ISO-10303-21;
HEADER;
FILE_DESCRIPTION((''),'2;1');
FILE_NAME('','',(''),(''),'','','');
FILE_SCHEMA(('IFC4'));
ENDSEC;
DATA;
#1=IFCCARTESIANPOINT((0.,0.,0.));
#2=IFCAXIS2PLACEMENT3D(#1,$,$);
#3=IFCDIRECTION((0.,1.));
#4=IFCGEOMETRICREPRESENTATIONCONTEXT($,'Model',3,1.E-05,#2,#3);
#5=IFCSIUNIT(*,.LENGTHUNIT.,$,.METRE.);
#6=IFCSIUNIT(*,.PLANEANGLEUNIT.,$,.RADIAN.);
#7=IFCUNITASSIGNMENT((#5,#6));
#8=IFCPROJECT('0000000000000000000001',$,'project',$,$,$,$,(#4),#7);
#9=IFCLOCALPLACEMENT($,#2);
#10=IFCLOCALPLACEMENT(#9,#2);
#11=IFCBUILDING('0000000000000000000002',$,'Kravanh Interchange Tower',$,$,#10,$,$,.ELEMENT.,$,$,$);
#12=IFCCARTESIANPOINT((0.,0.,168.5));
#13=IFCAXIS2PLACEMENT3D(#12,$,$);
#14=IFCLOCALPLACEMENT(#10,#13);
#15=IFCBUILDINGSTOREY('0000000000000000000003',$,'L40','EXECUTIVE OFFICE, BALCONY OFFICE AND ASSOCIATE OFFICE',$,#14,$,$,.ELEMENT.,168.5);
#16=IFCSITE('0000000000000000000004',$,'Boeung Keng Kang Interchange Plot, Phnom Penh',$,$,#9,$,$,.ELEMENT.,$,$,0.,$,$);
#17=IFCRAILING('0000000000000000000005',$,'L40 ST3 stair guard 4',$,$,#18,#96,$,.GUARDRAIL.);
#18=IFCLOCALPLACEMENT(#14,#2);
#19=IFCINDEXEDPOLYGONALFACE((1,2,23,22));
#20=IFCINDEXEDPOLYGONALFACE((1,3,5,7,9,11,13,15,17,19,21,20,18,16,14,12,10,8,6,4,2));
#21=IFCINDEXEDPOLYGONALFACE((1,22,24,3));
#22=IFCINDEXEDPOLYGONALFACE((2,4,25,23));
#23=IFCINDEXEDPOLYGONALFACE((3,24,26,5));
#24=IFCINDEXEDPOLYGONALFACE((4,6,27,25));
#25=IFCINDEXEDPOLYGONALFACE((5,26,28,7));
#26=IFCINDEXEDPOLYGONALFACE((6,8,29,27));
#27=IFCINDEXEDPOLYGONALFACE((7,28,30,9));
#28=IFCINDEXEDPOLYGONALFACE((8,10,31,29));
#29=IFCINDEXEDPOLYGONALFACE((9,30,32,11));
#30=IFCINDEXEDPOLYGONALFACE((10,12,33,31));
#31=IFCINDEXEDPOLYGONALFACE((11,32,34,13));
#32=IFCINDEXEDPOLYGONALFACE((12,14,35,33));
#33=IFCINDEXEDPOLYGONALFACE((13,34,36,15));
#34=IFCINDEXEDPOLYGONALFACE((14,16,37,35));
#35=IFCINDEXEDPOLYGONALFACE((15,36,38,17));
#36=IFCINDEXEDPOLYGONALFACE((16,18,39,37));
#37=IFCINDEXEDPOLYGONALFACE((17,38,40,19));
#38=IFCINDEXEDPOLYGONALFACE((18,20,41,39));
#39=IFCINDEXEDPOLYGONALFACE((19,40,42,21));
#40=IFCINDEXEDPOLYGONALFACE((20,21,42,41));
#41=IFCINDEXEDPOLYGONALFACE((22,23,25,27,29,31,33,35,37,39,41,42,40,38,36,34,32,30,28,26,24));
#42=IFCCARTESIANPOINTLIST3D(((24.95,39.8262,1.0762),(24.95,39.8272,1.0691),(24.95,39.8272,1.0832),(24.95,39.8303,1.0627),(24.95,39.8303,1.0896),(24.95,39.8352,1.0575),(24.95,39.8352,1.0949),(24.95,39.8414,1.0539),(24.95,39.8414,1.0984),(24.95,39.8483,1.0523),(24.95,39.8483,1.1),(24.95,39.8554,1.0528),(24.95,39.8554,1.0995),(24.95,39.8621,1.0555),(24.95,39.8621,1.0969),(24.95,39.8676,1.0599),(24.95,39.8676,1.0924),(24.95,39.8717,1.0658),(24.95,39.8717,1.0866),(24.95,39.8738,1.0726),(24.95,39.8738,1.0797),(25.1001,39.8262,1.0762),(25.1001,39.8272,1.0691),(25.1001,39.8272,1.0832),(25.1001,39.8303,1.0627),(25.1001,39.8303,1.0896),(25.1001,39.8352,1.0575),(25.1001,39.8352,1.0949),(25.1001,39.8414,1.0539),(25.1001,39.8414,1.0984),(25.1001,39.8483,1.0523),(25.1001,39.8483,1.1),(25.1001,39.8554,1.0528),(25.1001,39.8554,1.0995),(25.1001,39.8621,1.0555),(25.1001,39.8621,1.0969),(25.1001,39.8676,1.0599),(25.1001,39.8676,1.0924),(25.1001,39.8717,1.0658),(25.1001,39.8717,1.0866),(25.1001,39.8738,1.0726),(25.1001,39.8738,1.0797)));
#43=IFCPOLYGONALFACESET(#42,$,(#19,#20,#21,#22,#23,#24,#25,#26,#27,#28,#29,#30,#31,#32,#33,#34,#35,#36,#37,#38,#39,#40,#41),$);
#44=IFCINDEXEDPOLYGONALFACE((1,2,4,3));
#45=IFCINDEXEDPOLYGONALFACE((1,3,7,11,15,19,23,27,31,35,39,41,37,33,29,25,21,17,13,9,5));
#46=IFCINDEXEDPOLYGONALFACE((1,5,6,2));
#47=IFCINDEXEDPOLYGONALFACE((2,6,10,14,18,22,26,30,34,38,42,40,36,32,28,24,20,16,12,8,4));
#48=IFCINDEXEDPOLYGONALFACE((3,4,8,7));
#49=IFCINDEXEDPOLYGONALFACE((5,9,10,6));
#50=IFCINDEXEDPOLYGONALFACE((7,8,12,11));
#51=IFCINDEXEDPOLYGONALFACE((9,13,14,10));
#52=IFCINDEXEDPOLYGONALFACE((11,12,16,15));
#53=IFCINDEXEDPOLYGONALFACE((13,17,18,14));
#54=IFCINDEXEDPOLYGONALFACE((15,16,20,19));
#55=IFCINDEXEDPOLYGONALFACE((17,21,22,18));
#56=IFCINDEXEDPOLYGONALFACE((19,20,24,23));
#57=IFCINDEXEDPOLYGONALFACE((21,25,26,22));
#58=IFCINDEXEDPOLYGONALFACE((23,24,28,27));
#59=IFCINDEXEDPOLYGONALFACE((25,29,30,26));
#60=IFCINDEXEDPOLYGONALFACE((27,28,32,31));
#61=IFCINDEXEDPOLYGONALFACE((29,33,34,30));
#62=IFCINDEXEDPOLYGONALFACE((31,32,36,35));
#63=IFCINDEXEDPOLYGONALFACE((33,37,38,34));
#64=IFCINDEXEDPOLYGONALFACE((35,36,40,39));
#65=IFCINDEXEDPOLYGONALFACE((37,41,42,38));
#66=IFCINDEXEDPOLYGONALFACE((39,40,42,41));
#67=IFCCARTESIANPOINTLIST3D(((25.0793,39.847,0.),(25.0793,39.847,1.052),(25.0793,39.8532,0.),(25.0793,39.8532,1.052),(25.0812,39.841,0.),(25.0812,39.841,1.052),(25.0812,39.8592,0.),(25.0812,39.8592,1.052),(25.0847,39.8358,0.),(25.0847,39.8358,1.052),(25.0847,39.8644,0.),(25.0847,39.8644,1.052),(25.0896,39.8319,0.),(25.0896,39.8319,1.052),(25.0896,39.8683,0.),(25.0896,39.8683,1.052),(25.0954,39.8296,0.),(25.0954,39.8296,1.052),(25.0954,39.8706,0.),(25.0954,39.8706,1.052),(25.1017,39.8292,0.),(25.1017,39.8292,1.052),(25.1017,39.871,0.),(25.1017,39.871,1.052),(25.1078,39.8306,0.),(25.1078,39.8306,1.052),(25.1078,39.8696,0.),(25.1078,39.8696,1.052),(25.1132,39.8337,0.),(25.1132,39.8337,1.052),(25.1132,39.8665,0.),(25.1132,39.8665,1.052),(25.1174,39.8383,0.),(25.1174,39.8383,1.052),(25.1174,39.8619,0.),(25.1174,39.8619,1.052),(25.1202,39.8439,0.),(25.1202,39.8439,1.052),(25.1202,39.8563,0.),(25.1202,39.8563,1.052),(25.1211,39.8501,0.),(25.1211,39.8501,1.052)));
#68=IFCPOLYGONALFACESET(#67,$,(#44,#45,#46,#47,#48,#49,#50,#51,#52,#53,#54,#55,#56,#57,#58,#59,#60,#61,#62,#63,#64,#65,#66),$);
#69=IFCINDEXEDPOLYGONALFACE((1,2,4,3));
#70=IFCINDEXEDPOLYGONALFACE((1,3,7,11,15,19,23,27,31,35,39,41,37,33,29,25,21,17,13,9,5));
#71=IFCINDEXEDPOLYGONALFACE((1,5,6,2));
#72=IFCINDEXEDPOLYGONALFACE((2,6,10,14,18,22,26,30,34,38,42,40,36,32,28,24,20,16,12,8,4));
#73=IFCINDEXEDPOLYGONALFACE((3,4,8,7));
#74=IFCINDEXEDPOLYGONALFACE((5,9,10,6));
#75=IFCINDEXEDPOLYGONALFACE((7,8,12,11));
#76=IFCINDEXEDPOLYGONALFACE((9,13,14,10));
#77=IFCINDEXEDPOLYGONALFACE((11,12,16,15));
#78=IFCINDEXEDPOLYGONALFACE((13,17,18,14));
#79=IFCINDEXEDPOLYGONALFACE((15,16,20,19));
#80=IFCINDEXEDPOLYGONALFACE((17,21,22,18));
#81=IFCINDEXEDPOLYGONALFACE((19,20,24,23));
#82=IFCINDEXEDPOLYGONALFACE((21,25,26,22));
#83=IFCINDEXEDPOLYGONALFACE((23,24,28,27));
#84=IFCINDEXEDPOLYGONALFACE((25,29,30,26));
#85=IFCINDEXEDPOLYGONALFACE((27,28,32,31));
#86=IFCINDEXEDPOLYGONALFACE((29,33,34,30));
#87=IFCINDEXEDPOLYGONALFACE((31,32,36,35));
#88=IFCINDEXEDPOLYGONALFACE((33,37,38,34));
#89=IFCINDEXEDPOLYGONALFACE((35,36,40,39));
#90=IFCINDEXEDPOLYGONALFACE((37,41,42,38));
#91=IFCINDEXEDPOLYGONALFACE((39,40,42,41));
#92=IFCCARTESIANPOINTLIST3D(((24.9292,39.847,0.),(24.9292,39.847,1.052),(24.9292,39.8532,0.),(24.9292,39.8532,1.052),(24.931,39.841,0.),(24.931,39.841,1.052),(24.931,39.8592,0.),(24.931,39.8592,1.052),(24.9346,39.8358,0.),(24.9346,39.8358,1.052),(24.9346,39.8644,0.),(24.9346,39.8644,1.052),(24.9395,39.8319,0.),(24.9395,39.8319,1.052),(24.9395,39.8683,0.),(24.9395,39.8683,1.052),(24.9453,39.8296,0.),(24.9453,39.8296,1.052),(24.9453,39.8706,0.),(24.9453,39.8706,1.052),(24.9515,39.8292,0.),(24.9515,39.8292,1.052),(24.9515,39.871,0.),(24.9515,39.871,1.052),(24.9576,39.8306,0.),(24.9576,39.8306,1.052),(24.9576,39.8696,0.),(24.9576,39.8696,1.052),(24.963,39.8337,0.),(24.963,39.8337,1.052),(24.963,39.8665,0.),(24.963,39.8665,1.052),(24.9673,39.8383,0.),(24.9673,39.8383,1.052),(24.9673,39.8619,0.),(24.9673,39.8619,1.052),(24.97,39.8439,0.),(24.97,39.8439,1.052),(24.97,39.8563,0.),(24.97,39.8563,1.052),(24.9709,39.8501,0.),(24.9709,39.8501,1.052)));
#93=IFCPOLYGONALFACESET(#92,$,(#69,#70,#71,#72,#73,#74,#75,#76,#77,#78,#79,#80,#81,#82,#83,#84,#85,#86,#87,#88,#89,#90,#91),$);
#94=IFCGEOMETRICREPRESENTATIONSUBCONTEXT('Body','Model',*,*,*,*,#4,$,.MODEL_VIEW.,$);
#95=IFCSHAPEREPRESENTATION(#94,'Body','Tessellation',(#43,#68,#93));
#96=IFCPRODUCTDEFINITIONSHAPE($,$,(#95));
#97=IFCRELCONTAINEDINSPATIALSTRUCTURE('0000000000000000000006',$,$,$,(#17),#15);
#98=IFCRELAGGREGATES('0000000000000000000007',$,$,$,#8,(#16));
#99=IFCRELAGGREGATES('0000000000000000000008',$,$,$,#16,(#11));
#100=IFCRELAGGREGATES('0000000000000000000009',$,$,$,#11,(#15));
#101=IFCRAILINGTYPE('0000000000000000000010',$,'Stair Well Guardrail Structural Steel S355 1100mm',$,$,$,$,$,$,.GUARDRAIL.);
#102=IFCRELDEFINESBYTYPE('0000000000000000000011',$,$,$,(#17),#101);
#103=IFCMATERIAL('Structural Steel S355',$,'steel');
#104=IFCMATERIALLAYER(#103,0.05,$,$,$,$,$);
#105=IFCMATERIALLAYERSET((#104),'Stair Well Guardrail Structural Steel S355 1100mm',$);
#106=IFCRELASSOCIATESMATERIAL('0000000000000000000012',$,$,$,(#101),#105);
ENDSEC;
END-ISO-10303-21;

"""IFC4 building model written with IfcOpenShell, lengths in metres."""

from ifc_helpers import new_model, si_unit, direction, frame, origin, origin_2d, place, context, subcontext, project, spatial, circle, extrude, material, layer, layer_set, type_object, element, save


model = new_model("IFC4")

# Units and contexts
model_context = context("Model", 3, precision=1e-05, world=origin(), true_north=direction((0.0, 1.0)))
body_context = subcontext(model_context, "Body", "Model", "MODEL_VIEW")
ifc_project = project(units=[si_unit("LENGTHUNIT", "METRE"), si_unit("PLANEANGLEUNIT", "RADIAN")], contexts=[model_context])

# Site, building, storey
site_placement = place(None, origin())
site = spatial("IfcSite", under=ifc_project, at=site_placement, Name="Boeung Keng Kang Interchange Plot, Phnom Penh", CompositionType="ELEMENT", RefElevation=0.0)
building_placement = place(site_placement, origin())
building = spatial("IfcBuilding", under=site, at=building_placement, Name="Kravanh Interchange Tower", CompositionType="ELEMENT")
storey_placement = place(building_placement, frame((0.0, 0.0, 168.5)))
storey = spatial("IfcBuildingStorey", under=building, at=storey_placement, Name="L40", Description="EXECUTIVE OFFICE, BALCONY OFFICE AND ASSOCIATE OFFICE", CompositionType="ELEMENT", Elevation=168.5)

# Railing
ifc_material_1 = material(Name="Structural Steel S355", Category="steel")
ifc_layer_1 = layer(ifc_material_1, 0.05)
ifc_layer_set_1 = layer_set([ifc_layer_1], Name="Stair Well Guardrail Structural Steel S355 1100mm")
railing_type_1 = type_object("IfcRailingType", Name="Stair Well Guardrail Structural Steel S355 1100mm", PredefinedType="GUARDRAIL", material=ifc_layer_set_1)
railing_1_placement = place(storey_placement, frame((25.1001, 39.8501, 0.0)))
element("IfcRailing", 1, at=railing_1_placement, inside=storey, type_object=railing_type_1, Name="L40 ST3 stair guard 4", PredefinedType="GUARDRAIL", context=body_context, shape_type="SweptSolid", body=[
    extrude(circle(Radius=0.0239, at=origin_2d()), frame((0.0, 0.0, 1.0762), z_axis=(-1.0, 0.0, 0.0), x_axis=(0.0, -1.0, 0.0)), (0.0, 0.0, 1.0), 0.1501),
    extrude(circle(Radius=0.021, at=origin_2d()), origin(), (0.0, 0.0, 1.0), 1.052),
    extrude(circle(Radius=0.021, at=origin_2d()), frame((-0.1501, 0.0, 0.0)), (0.0, 0.0, 1.0), 1.052),
])

save(model, "model.ifc")
